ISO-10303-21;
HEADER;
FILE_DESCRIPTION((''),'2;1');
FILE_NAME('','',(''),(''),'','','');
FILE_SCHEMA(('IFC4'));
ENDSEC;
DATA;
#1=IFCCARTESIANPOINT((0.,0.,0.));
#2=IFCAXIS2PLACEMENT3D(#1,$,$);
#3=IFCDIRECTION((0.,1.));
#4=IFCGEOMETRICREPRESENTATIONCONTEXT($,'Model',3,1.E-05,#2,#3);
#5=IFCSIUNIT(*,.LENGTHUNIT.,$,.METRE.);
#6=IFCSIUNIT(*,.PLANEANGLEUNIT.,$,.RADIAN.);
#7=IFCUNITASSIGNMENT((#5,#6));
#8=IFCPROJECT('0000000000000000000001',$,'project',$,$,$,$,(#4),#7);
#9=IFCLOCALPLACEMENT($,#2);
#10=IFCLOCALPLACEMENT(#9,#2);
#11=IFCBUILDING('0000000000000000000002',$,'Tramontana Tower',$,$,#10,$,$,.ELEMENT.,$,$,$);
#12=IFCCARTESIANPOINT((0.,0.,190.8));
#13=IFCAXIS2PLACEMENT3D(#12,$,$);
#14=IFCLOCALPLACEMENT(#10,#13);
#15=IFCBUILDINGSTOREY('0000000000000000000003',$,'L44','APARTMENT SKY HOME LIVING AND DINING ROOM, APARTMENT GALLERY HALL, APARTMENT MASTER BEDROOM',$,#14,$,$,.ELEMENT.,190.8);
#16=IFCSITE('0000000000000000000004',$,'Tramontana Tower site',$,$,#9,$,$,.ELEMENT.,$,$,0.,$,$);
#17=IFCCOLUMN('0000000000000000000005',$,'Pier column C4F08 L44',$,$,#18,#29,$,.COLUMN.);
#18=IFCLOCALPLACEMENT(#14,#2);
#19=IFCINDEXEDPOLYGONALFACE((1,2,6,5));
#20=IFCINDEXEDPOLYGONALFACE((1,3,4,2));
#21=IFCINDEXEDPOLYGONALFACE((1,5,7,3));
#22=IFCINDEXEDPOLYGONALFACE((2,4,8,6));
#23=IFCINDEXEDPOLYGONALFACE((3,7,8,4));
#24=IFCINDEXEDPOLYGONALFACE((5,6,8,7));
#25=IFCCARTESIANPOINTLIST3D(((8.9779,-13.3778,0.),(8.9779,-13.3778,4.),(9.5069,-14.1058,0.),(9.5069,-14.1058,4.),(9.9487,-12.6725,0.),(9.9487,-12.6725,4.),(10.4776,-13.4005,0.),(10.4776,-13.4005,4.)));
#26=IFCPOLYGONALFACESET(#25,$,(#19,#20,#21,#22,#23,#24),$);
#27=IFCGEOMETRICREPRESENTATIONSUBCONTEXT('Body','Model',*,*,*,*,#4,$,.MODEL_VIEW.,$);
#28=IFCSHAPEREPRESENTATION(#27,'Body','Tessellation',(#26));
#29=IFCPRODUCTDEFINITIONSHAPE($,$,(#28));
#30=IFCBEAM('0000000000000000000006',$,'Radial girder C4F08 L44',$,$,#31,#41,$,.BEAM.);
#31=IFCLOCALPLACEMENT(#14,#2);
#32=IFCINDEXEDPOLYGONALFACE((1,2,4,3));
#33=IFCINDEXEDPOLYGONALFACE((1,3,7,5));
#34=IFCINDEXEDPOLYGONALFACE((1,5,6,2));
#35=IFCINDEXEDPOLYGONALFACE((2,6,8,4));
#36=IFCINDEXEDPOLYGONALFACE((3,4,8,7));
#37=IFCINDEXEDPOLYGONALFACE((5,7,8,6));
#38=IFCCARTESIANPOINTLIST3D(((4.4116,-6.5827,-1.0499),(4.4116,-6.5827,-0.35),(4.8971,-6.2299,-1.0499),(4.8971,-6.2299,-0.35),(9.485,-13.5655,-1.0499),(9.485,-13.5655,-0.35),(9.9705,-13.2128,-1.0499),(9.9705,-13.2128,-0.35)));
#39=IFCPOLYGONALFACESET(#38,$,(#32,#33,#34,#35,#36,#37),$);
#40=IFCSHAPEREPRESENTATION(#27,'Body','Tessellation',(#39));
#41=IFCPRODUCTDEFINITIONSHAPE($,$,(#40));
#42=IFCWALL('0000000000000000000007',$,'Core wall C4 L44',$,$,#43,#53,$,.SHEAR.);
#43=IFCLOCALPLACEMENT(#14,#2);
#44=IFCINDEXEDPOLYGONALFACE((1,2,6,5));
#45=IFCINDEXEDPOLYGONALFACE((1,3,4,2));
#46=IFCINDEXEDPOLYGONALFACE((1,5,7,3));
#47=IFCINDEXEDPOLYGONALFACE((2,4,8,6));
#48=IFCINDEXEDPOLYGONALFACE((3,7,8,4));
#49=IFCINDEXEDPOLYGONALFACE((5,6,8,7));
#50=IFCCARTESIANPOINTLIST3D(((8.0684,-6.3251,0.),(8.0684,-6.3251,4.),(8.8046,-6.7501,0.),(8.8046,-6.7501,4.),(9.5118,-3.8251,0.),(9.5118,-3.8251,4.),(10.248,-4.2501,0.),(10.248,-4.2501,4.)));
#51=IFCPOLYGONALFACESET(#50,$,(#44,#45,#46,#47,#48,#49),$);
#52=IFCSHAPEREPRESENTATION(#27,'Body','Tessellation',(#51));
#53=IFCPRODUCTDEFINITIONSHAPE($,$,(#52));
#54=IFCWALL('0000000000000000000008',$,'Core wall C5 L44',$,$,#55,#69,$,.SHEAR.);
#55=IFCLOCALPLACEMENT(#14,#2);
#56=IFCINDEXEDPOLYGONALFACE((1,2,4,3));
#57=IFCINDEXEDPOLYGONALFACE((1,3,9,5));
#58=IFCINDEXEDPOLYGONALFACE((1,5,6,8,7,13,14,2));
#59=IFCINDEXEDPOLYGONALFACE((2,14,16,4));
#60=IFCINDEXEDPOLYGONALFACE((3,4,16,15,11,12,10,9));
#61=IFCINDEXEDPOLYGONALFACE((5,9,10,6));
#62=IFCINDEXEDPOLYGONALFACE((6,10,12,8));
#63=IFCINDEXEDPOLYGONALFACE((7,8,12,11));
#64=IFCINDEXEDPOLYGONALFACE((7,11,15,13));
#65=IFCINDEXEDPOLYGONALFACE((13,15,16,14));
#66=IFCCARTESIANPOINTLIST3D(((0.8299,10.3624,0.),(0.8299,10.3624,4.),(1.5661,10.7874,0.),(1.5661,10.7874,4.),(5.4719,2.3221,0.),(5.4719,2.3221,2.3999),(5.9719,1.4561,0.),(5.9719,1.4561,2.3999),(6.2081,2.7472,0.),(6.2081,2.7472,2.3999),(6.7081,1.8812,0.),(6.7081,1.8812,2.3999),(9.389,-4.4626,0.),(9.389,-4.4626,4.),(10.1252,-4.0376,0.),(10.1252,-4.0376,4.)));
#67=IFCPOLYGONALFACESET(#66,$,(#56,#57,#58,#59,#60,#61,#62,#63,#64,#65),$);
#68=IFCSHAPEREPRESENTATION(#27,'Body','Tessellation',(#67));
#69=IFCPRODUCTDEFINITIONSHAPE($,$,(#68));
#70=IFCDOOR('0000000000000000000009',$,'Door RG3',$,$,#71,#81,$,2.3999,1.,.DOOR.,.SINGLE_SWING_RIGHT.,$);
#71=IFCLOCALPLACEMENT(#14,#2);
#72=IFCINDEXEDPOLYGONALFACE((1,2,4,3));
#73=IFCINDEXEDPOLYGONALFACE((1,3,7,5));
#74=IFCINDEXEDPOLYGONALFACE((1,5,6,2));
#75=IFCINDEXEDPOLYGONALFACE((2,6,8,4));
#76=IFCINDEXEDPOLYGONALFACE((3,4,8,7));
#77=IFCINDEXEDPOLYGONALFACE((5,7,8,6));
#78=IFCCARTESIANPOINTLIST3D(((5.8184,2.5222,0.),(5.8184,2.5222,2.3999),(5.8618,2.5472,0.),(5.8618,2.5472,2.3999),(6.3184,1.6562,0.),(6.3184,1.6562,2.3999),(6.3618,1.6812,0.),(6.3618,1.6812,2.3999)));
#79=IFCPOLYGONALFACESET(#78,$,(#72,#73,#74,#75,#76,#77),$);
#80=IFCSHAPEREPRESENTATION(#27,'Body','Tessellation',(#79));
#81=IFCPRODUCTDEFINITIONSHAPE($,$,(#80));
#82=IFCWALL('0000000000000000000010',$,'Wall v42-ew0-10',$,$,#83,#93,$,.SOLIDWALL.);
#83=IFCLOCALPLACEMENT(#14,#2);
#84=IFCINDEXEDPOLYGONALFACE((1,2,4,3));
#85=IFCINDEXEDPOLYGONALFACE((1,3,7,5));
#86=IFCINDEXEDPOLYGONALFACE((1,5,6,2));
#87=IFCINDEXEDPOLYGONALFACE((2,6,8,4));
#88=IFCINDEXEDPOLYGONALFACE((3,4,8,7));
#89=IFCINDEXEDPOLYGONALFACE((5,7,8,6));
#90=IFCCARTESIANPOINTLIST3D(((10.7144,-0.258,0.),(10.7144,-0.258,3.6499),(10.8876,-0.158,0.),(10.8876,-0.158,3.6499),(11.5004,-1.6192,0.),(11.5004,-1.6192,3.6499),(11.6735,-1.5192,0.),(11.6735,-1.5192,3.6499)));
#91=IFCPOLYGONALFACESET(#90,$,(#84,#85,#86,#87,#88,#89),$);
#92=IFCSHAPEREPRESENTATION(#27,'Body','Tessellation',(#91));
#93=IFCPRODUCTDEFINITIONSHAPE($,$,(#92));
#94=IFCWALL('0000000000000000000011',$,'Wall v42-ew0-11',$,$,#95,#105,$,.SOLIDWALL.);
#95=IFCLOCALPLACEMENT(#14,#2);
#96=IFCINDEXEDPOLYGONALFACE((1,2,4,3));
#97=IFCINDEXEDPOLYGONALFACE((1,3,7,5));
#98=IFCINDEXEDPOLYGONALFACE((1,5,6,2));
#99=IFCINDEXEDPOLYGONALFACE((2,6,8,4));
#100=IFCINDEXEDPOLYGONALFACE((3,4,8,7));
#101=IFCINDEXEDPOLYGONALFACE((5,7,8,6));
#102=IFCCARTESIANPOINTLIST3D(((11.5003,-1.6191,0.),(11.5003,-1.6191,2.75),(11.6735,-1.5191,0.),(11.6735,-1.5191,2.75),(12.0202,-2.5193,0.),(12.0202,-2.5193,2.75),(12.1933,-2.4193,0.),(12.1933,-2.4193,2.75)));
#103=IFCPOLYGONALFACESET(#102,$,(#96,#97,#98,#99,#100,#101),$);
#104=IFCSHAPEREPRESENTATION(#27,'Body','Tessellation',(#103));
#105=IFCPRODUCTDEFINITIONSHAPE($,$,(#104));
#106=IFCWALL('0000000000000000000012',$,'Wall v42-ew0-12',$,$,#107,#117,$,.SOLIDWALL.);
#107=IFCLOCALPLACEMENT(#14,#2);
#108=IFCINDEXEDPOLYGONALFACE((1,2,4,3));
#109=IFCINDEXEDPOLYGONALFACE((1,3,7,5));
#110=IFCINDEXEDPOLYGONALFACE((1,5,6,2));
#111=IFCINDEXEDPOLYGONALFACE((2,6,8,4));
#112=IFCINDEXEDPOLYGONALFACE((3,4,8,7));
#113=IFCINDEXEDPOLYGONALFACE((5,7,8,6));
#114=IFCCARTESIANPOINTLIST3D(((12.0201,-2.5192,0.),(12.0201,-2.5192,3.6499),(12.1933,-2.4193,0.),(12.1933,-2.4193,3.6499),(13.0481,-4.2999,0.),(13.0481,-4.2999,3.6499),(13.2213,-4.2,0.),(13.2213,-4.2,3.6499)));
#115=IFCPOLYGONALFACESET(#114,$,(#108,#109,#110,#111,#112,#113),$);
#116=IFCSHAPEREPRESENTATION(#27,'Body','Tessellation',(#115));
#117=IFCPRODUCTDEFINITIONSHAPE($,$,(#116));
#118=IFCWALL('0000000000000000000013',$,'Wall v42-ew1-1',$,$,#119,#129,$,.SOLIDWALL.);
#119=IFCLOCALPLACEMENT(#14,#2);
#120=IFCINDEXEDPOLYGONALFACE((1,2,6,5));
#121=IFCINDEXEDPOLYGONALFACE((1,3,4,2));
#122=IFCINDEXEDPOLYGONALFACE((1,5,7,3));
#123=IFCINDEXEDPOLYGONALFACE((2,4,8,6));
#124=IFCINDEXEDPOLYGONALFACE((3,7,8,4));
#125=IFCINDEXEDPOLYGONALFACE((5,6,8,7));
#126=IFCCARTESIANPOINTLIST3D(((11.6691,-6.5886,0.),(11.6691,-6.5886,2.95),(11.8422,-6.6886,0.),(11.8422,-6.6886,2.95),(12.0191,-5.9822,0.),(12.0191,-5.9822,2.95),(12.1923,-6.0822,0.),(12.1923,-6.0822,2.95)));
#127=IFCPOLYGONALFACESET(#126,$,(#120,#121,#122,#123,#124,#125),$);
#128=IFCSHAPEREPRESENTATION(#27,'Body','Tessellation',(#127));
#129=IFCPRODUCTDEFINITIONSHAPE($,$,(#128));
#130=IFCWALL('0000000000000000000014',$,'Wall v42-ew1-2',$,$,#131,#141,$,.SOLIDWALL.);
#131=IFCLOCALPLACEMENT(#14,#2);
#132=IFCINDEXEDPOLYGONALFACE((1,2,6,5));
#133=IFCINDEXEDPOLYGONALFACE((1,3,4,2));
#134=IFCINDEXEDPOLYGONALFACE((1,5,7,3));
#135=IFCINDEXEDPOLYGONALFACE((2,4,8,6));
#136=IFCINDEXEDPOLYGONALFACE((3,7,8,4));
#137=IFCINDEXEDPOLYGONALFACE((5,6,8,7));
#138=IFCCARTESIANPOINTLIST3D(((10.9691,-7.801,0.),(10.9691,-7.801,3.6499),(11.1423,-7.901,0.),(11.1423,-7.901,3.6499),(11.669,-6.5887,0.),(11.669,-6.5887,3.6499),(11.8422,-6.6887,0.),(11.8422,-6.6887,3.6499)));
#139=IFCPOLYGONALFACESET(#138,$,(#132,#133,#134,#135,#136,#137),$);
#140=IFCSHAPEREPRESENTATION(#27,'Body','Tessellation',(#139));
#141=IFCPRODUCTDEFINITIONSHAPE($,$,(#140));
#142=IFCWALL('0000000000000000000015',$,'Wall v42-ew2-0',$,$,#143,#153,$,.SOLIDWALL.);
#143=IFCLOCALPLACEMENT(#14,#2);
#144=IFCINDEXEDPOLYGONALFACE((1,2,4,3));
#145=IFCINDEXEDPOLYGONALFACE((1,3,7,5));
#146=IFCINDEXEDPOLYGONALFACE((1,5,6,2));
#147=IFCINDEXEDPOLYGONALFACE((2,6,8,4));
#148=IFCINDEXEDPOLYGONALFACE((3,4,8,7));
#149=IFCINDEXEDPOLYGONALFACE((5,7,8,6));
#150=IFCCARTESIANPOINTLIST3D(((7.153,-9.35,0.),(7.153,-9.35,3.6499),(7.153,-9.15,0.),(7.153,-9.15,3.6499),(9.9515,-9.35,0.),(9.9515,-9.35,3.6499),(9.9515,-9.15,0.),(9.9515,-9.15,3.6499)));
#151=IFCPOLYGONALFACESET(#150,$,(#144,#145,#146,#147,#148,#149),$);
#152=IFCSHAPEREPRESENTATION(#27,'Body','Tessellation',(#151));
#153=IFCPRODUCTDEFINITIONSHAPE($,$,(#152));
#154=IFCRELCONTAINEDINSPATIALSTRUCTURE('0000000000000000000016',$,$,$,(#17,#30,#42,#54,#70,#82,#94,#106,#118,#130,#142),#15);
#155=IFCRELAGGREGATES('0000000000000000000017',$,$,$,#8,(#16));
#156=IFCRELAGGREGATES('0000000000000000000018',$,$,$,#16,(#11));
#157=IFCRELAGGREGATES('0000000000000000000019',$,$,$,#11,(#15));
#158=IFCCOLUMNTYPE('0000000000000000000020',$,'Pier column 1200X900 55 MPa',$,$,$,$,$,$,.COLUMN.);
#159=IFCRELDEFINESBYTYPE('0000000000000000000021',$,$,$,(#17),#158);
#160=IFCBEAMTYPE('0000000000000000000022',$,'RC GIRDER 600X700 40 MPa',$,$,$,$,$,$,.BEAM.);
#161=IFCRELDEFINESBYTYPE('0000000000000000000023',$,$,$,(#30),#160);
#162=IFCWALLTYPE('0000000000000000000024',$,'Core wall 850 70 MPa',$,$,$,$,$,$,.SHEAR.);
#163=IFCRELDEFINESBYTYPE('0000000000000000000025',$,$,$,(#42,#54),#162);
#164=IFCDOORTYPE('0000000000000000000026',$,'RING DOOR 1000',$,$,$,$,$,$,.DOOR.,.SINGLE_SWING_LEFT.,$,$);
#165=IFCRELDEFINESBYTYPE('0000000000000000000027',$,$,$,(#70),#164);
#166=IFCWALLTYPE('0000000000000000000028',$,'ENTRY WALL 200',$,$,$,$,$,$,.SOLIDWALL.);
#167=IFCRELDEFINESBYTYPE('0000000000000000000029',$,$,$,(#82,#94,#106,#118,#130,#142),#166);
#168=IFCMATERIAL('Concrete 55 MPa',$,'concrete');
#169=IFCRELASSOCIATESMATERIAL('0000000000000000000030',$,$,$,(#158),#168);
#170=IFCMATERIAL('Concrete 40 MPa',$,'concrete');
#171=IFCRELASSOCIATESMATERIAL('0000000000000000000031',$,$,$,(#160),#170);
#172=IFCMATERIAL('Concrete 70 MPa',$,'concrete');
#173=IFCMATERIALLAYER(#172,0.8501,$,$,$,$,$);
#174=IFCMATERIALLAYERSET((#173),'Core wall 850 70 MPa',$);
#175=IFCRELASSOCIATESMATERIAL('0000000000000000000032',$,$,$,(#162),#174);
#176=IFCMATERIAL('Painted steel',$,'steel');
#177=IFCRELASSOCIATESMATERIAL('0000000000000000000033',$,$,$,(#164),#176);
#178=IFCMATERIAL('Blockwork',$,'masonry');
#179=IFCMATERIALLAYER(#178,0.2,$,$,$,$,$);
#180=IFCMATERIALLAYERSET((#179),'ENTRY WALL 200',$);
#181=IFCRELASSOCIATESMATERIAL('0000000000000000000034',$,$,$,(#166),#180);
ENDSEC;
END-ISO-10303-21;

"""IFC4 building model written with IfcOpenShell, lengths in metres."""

from ifc_helpers import new_model, si_unit, direction, frame, frame_2d, origin, origin_2d, place, context, subcontext, project, spatial, rectangle, extrude, material, layer, layer_set, material_profile, profile_set, type_object, element, fill, save


model = new_model("IFC4")

# Units and contexts
model_context = context("Model", 3, precision=1e-05, world=origin(), true_north=direction((0.0, 1.0)))
body_context = subcontext(model_context, "Body", "Model", "MODEL_VIEW")
ifc_project = project(units=[si_unit("LENGTHUNIT", "METRE"), si_unit("PLANEANGLEUNIT", "RADIAN")], contexts=[model_context])

# Site, building, storey
site_placement = place(None, origin())
site = spatial("IfcSite", under=ifc_project, at=site_placement, Name="Tramontana Tower site", CompositionType="ELEMENT", RefElevation=0.0)
building_placement = place(site_placement, origin())
building = spatial("IfcBuilding", under=site, at=building_placement, Name="Tramontana Tower", CompositionType="ELEMENT")
storey_placement = place(building_placement, frame((0.0, 0.0, 190.8)))
storey = spatial("IfcBuildingStorey", under=building, at=storey_placement, Name="L44", Description="APARTMENT SKY HOME LIVING AND DINING ROOM, APARTMENT GALLERY HALL, APARTMENT MASTER BEDROOM", CompositionType="ELEMENT", Elevation=190.8)

# Column
ifc_material_1 = material(Name="Concrete 55 MPa", Category="concrete")
ifc_material_profile_1 = material_profile(ifc_material_1, rectangle(XDim=1.2, YDim=0.8999, at=origin_2d()), Name="Pier column 1200X900 55 MPa")
ifc_profile_set_1 = profile_set([ifc_material_profile_1], Name="Concrete 55 MPa")
column_type = type_object("IfcColumnType", Name="Pier column 1200X900 55 MPa", PredefinedType="COLUMN", material=ifc_profile_set_1)
column_placement = place(storey_placement, frame((9.7278, -13.3892, 0.0), z_axis=(0.0, 0.0, 1.0), x_axis=(0.809017, 0.587785, 0.0)))
element("IfcColumn", 1, at=column_placement, inside=storey, type_object=column_type, Name="Pier column C4F08 L44", PredefinedType="COLUMN", context=body_context, shape_type="SweptSolid", body=[
    extrude(rectangle(XDim=1.2, YDim=0.8999, at=origin_2d()), origin(), (0.0, 0.0, 1.0), 4.0),
])

# Beam
ifc_material_2 = material(Name="Concrete 40 MPa", Category="concrete")
ifc_material_profile_2 = material_profile(ifc_material_2, rectangle(XDim=0.6001, YDim=0.7, at=origin_2d()), Name="RC GIRDER 600X700 40 MPa")
ifc_profile_set_2 = profile_set([ifc_material_profile_2], Name="Concrete 40 MPa")
beam_type = type_object("IfcBeamType", Name="RC GIRDER 600X700 40 MPa", PredefinedType="BEAM", material=ifc_profile_set_2)
beam_placement = place(storey_placement, frame((9.7278, -13.3892, -0.7), z_axis=(-0.587793, 0.809011, 0.0), x_axis=(-0.809011, -0.587793, 0.0)))
element("IfcBeam", 2, at=beam_placement, inside=storey, type_object=beam_type, Name="Radial girder C4F08 L44", PredefinedType="BEAM", context=body_context, shape_type="SweptSolid", body=[
    extrude(rectangle(XDim=0.6001, YDim=0.7, at=origin_2d()), origin(), (0.0, 0.0, 1.0), 8.6313),
])

# Wall
ifc_material_3 = material(Name="Concrete 70 MPa", Category="concrete")
ifc_layer_1 = layer(ifc_material_3, 0.8501)
ifc_layer_set_1 = layer_set([ifc_layer_1], Name="Core wall 850 70 MPa")
wall_type_1 = type_object("IfcWallType", Name="Core wall 850 70 MPa", PredefinedType="SHEAR", material=ifc_layer_set_1)
wall_1_placement = place(storey_placement, frame((8.4365, -6.5376, 0.0), z_axis=(0.0, 0.0, 1.0), x_axis=(0.499996, 0.866028, 0.0)))
element("IfcWall", 3, at=wall_1_placement, inside=storey, type_object=wall_type_1, Name="Core wall C4 L44", PredefinedType="SHEAR", context=body_context, shape_type="SweptSolid", body=[
    extrude(rectangle(XDim=2.8867, YDim=0.8501, at=frame_2d((1.4434, 0.0))), origin(), (0.0, 0.0, 1.0), 4.0),
])

# Wall, opening, door
wall_2_placement = place(storey_placement, frame((9.7571, -4.25, 0.0), z_axis=(0.0, 0.0, 1.0), x_axis=(-0.499995, 0.866028, 0.0)))
wall_2 = element("IfcWall", 4, at=wall_2_placement, inside=storey, type_object=wall_type_1, Name="Core wall C5 L44", PredefinedType="SHEAR", context=body_context, shape_type="SweptSolid", body=[
    extrude(rectangle(XDim=17.1184, YDim=0.8501, at=frame_2d((8.5591, 0.0))), origin(), (0.0, 0.0, 1.0), 4.0),
])
opening_1_placement = place(wall_2_placement, frame((6.8342, 0.0, 0.0)))
opening_1 = element("IfcOpeningElement", 5, at=opening_1_placement, cuts=wall_2, PredefinedType="OPENING", context=body_context, shape_type="SweptSolid", body=[
    extrude(rectangle(XDim=1.0, YDim=2.3999, at=frame_2d((0.5, 1.2))), frame((0.0, 0.4351, 0.0), z_axis=(0.0, -1.0, 0.0), x_axis=(1.0, 0.0, 0.0)), (0.0, 0.0, 1.0), 0.8701),
])
ifc_material_4 = material(Name="Painted steel", Category="steel")
door_type_1 = type_object("IfcDoorType", Name="RING DOOR 1000", OperationType="SINGLE_SWING_LEFT", PredefinedType="DOOR", material=ifc_material_4)
door_1_placement = place(opening_1_placement, origin())
door_1 = element("IfcDoor", 6, at=door_1_placement, inside=storey, type_object=door_type_1, Name="Door RG3", OperationType="SINGLE_SWING_RIGHT", OverallHeight=2.3999, OverallWidth=1.0, PredefinedType="DOOR", context=body_context, shape_type="SweptSolid", body=[
    extrude(rectangle(XDim=1.0, YDim=2.3999, at=frame_2d((0.5, 1.2))), frame((0.0, 0.0249, 0.0), z_axis=(0.0, -1.0, 0.0), x_axis=(1.0, 0.0, 0.0)), (0.0, 0.0, 1.0), 0.05),
])
fill(opening_1, door_1)

# Walls
ifc_material_5 = material(Name="Blockwork", Category="masonry")
ifc_layer_2 = layer(ifc_material_5, 0.2)
ifc_layer_set_2 = layer_set([ifc_layer_2], Name="ENTRY WALL 200")
wall_type_2 = type_object("IfcWallType", Name="ENTRY WALL 200", PredefinedType="SOLIDWALL", material=ifc_layer_set_2)
wall_3_placement = place(storey_placement, frame((10.801, -0.208, 0.0), z_axis=(0.0, 0.0, 1.0), x_axis=(0.500032, -0.866007, 0.0)))
element("IfcWall", 7, at=wall_3_placement, inside=storey, type_object=wall_type_2, Name="Wall v42-ew0-10", PredefinedType="SOLIDWALL", context=body_context, shape_type="SweptSolid", body=[
    extrude(rectangle(XDim=1.5718, YDim=0.2, at=frame_2d((0.7859, 0.0))), origin(), (0.0, 0.0, 1.0), 3.6499),
])
wall_4_placement = place(storey_placement, frame((11.5869, -1.5691, 0.0), z_axis=(0.0, 0.0, 1.0), x_axis=(0.500055, -0.865994, 0.0)))
element("IfcWall", 8, at=wall_4_placement, inside=storey, type_object=wall_type_2, Name="Wall v42-ew0-11", PredefinedType="SOLIDWALL", context=body_context, shape_type="SweptSolid", body=[
    extrude(rectangle(XDim=1.0396, YDim=0.2, at=frame_2d((0.5198, 0.0))), origin(), (0.0, 0.0, 1.0), 2.75),
])
wall_5_placement = place(storey_placement, frame((12.1067, -2.4692, 0.0), z_axis=(0.0, 0.0, 1.0), x_axis=(0.499983, -0.866035, 0.0)))
element("IfcWall", 9, at=wall_5_placement, inside=storey, type_object=wall_type_2, Name="Wall v42-ew0-12", PredefinedType="SOLIDWALL", context=body_context, shape_type="SweptSolid", body=[
    extrude(rectangle(XDim=2.0562, YDim=0.2, at=frame_2d((1.0281, 0.0))), origin(), (0.0, 0.0, 1.0), 3.6499),
])
wall_6_placement = place(storey_placement, frame((12.1057, -6.0322, 0.0), z_axis=(0.0, 0.0, 1.0), x_axis=(-0.499964, -0.866046, 0.0)))
element("IfcWall", 10, at=wall_6_placement, inside=storey, type_object=wall_type_2, Name="Wall v42-ew1-1", PredefinedType="SOLIDWALL", context=body_context, shape_type="SweptSolid", body=[
    extrude(rectangle(XDim=0.7002, YDim=0.2, at=frame_2d((0.3501, 0.0))), origin(), (0.0, 0.0, 1.0), 2.95),
])
wall_7_placement = place(storey_placement, frame((11.7556, -6.6387, 0.0), z_axis=(0.0, 0.0, 1.0), x_axis=(-0.499984, -0.866035, 0.0)))
element("IfcWall", 11, at=wall_7_placement, inside=storey, type_object=wall_type_2, Name="Wall v42-ew1-2", PredefinedType="SOLIDWALL", context=body_context, shape_type="SweptSolid", body=[
    extrude(rectangle(XDim=1.3999, YDim=0.2, at=frame_2d((0.7, 0.0))), origin(), (0.0, 0.0, 1.0), 3.6499),
])
wall_8_placement = place(storey_placement, frame((9.9517, -9.25, 0.0), z_axis=(0.0, 0.0, 1.0), x_axis=(-1.0, 0.0, 0.0)))
element("IfcWall", 12, at=wall_8_placement, inside=storey, type_object=wall_type_2, Name="Wall v42-ew2-0", PredefinedType="SOLIDWALL", context=body_context, shape_type="SweptSolid", body=[
    extrude(rectangle(XDim=2.7986, YDim=0.2, at=frame_2d((1.3994, 0.0))), origin(), (0.0, 0.0, 1.0), 3.6499),
])

save(model, "model.ifc")
